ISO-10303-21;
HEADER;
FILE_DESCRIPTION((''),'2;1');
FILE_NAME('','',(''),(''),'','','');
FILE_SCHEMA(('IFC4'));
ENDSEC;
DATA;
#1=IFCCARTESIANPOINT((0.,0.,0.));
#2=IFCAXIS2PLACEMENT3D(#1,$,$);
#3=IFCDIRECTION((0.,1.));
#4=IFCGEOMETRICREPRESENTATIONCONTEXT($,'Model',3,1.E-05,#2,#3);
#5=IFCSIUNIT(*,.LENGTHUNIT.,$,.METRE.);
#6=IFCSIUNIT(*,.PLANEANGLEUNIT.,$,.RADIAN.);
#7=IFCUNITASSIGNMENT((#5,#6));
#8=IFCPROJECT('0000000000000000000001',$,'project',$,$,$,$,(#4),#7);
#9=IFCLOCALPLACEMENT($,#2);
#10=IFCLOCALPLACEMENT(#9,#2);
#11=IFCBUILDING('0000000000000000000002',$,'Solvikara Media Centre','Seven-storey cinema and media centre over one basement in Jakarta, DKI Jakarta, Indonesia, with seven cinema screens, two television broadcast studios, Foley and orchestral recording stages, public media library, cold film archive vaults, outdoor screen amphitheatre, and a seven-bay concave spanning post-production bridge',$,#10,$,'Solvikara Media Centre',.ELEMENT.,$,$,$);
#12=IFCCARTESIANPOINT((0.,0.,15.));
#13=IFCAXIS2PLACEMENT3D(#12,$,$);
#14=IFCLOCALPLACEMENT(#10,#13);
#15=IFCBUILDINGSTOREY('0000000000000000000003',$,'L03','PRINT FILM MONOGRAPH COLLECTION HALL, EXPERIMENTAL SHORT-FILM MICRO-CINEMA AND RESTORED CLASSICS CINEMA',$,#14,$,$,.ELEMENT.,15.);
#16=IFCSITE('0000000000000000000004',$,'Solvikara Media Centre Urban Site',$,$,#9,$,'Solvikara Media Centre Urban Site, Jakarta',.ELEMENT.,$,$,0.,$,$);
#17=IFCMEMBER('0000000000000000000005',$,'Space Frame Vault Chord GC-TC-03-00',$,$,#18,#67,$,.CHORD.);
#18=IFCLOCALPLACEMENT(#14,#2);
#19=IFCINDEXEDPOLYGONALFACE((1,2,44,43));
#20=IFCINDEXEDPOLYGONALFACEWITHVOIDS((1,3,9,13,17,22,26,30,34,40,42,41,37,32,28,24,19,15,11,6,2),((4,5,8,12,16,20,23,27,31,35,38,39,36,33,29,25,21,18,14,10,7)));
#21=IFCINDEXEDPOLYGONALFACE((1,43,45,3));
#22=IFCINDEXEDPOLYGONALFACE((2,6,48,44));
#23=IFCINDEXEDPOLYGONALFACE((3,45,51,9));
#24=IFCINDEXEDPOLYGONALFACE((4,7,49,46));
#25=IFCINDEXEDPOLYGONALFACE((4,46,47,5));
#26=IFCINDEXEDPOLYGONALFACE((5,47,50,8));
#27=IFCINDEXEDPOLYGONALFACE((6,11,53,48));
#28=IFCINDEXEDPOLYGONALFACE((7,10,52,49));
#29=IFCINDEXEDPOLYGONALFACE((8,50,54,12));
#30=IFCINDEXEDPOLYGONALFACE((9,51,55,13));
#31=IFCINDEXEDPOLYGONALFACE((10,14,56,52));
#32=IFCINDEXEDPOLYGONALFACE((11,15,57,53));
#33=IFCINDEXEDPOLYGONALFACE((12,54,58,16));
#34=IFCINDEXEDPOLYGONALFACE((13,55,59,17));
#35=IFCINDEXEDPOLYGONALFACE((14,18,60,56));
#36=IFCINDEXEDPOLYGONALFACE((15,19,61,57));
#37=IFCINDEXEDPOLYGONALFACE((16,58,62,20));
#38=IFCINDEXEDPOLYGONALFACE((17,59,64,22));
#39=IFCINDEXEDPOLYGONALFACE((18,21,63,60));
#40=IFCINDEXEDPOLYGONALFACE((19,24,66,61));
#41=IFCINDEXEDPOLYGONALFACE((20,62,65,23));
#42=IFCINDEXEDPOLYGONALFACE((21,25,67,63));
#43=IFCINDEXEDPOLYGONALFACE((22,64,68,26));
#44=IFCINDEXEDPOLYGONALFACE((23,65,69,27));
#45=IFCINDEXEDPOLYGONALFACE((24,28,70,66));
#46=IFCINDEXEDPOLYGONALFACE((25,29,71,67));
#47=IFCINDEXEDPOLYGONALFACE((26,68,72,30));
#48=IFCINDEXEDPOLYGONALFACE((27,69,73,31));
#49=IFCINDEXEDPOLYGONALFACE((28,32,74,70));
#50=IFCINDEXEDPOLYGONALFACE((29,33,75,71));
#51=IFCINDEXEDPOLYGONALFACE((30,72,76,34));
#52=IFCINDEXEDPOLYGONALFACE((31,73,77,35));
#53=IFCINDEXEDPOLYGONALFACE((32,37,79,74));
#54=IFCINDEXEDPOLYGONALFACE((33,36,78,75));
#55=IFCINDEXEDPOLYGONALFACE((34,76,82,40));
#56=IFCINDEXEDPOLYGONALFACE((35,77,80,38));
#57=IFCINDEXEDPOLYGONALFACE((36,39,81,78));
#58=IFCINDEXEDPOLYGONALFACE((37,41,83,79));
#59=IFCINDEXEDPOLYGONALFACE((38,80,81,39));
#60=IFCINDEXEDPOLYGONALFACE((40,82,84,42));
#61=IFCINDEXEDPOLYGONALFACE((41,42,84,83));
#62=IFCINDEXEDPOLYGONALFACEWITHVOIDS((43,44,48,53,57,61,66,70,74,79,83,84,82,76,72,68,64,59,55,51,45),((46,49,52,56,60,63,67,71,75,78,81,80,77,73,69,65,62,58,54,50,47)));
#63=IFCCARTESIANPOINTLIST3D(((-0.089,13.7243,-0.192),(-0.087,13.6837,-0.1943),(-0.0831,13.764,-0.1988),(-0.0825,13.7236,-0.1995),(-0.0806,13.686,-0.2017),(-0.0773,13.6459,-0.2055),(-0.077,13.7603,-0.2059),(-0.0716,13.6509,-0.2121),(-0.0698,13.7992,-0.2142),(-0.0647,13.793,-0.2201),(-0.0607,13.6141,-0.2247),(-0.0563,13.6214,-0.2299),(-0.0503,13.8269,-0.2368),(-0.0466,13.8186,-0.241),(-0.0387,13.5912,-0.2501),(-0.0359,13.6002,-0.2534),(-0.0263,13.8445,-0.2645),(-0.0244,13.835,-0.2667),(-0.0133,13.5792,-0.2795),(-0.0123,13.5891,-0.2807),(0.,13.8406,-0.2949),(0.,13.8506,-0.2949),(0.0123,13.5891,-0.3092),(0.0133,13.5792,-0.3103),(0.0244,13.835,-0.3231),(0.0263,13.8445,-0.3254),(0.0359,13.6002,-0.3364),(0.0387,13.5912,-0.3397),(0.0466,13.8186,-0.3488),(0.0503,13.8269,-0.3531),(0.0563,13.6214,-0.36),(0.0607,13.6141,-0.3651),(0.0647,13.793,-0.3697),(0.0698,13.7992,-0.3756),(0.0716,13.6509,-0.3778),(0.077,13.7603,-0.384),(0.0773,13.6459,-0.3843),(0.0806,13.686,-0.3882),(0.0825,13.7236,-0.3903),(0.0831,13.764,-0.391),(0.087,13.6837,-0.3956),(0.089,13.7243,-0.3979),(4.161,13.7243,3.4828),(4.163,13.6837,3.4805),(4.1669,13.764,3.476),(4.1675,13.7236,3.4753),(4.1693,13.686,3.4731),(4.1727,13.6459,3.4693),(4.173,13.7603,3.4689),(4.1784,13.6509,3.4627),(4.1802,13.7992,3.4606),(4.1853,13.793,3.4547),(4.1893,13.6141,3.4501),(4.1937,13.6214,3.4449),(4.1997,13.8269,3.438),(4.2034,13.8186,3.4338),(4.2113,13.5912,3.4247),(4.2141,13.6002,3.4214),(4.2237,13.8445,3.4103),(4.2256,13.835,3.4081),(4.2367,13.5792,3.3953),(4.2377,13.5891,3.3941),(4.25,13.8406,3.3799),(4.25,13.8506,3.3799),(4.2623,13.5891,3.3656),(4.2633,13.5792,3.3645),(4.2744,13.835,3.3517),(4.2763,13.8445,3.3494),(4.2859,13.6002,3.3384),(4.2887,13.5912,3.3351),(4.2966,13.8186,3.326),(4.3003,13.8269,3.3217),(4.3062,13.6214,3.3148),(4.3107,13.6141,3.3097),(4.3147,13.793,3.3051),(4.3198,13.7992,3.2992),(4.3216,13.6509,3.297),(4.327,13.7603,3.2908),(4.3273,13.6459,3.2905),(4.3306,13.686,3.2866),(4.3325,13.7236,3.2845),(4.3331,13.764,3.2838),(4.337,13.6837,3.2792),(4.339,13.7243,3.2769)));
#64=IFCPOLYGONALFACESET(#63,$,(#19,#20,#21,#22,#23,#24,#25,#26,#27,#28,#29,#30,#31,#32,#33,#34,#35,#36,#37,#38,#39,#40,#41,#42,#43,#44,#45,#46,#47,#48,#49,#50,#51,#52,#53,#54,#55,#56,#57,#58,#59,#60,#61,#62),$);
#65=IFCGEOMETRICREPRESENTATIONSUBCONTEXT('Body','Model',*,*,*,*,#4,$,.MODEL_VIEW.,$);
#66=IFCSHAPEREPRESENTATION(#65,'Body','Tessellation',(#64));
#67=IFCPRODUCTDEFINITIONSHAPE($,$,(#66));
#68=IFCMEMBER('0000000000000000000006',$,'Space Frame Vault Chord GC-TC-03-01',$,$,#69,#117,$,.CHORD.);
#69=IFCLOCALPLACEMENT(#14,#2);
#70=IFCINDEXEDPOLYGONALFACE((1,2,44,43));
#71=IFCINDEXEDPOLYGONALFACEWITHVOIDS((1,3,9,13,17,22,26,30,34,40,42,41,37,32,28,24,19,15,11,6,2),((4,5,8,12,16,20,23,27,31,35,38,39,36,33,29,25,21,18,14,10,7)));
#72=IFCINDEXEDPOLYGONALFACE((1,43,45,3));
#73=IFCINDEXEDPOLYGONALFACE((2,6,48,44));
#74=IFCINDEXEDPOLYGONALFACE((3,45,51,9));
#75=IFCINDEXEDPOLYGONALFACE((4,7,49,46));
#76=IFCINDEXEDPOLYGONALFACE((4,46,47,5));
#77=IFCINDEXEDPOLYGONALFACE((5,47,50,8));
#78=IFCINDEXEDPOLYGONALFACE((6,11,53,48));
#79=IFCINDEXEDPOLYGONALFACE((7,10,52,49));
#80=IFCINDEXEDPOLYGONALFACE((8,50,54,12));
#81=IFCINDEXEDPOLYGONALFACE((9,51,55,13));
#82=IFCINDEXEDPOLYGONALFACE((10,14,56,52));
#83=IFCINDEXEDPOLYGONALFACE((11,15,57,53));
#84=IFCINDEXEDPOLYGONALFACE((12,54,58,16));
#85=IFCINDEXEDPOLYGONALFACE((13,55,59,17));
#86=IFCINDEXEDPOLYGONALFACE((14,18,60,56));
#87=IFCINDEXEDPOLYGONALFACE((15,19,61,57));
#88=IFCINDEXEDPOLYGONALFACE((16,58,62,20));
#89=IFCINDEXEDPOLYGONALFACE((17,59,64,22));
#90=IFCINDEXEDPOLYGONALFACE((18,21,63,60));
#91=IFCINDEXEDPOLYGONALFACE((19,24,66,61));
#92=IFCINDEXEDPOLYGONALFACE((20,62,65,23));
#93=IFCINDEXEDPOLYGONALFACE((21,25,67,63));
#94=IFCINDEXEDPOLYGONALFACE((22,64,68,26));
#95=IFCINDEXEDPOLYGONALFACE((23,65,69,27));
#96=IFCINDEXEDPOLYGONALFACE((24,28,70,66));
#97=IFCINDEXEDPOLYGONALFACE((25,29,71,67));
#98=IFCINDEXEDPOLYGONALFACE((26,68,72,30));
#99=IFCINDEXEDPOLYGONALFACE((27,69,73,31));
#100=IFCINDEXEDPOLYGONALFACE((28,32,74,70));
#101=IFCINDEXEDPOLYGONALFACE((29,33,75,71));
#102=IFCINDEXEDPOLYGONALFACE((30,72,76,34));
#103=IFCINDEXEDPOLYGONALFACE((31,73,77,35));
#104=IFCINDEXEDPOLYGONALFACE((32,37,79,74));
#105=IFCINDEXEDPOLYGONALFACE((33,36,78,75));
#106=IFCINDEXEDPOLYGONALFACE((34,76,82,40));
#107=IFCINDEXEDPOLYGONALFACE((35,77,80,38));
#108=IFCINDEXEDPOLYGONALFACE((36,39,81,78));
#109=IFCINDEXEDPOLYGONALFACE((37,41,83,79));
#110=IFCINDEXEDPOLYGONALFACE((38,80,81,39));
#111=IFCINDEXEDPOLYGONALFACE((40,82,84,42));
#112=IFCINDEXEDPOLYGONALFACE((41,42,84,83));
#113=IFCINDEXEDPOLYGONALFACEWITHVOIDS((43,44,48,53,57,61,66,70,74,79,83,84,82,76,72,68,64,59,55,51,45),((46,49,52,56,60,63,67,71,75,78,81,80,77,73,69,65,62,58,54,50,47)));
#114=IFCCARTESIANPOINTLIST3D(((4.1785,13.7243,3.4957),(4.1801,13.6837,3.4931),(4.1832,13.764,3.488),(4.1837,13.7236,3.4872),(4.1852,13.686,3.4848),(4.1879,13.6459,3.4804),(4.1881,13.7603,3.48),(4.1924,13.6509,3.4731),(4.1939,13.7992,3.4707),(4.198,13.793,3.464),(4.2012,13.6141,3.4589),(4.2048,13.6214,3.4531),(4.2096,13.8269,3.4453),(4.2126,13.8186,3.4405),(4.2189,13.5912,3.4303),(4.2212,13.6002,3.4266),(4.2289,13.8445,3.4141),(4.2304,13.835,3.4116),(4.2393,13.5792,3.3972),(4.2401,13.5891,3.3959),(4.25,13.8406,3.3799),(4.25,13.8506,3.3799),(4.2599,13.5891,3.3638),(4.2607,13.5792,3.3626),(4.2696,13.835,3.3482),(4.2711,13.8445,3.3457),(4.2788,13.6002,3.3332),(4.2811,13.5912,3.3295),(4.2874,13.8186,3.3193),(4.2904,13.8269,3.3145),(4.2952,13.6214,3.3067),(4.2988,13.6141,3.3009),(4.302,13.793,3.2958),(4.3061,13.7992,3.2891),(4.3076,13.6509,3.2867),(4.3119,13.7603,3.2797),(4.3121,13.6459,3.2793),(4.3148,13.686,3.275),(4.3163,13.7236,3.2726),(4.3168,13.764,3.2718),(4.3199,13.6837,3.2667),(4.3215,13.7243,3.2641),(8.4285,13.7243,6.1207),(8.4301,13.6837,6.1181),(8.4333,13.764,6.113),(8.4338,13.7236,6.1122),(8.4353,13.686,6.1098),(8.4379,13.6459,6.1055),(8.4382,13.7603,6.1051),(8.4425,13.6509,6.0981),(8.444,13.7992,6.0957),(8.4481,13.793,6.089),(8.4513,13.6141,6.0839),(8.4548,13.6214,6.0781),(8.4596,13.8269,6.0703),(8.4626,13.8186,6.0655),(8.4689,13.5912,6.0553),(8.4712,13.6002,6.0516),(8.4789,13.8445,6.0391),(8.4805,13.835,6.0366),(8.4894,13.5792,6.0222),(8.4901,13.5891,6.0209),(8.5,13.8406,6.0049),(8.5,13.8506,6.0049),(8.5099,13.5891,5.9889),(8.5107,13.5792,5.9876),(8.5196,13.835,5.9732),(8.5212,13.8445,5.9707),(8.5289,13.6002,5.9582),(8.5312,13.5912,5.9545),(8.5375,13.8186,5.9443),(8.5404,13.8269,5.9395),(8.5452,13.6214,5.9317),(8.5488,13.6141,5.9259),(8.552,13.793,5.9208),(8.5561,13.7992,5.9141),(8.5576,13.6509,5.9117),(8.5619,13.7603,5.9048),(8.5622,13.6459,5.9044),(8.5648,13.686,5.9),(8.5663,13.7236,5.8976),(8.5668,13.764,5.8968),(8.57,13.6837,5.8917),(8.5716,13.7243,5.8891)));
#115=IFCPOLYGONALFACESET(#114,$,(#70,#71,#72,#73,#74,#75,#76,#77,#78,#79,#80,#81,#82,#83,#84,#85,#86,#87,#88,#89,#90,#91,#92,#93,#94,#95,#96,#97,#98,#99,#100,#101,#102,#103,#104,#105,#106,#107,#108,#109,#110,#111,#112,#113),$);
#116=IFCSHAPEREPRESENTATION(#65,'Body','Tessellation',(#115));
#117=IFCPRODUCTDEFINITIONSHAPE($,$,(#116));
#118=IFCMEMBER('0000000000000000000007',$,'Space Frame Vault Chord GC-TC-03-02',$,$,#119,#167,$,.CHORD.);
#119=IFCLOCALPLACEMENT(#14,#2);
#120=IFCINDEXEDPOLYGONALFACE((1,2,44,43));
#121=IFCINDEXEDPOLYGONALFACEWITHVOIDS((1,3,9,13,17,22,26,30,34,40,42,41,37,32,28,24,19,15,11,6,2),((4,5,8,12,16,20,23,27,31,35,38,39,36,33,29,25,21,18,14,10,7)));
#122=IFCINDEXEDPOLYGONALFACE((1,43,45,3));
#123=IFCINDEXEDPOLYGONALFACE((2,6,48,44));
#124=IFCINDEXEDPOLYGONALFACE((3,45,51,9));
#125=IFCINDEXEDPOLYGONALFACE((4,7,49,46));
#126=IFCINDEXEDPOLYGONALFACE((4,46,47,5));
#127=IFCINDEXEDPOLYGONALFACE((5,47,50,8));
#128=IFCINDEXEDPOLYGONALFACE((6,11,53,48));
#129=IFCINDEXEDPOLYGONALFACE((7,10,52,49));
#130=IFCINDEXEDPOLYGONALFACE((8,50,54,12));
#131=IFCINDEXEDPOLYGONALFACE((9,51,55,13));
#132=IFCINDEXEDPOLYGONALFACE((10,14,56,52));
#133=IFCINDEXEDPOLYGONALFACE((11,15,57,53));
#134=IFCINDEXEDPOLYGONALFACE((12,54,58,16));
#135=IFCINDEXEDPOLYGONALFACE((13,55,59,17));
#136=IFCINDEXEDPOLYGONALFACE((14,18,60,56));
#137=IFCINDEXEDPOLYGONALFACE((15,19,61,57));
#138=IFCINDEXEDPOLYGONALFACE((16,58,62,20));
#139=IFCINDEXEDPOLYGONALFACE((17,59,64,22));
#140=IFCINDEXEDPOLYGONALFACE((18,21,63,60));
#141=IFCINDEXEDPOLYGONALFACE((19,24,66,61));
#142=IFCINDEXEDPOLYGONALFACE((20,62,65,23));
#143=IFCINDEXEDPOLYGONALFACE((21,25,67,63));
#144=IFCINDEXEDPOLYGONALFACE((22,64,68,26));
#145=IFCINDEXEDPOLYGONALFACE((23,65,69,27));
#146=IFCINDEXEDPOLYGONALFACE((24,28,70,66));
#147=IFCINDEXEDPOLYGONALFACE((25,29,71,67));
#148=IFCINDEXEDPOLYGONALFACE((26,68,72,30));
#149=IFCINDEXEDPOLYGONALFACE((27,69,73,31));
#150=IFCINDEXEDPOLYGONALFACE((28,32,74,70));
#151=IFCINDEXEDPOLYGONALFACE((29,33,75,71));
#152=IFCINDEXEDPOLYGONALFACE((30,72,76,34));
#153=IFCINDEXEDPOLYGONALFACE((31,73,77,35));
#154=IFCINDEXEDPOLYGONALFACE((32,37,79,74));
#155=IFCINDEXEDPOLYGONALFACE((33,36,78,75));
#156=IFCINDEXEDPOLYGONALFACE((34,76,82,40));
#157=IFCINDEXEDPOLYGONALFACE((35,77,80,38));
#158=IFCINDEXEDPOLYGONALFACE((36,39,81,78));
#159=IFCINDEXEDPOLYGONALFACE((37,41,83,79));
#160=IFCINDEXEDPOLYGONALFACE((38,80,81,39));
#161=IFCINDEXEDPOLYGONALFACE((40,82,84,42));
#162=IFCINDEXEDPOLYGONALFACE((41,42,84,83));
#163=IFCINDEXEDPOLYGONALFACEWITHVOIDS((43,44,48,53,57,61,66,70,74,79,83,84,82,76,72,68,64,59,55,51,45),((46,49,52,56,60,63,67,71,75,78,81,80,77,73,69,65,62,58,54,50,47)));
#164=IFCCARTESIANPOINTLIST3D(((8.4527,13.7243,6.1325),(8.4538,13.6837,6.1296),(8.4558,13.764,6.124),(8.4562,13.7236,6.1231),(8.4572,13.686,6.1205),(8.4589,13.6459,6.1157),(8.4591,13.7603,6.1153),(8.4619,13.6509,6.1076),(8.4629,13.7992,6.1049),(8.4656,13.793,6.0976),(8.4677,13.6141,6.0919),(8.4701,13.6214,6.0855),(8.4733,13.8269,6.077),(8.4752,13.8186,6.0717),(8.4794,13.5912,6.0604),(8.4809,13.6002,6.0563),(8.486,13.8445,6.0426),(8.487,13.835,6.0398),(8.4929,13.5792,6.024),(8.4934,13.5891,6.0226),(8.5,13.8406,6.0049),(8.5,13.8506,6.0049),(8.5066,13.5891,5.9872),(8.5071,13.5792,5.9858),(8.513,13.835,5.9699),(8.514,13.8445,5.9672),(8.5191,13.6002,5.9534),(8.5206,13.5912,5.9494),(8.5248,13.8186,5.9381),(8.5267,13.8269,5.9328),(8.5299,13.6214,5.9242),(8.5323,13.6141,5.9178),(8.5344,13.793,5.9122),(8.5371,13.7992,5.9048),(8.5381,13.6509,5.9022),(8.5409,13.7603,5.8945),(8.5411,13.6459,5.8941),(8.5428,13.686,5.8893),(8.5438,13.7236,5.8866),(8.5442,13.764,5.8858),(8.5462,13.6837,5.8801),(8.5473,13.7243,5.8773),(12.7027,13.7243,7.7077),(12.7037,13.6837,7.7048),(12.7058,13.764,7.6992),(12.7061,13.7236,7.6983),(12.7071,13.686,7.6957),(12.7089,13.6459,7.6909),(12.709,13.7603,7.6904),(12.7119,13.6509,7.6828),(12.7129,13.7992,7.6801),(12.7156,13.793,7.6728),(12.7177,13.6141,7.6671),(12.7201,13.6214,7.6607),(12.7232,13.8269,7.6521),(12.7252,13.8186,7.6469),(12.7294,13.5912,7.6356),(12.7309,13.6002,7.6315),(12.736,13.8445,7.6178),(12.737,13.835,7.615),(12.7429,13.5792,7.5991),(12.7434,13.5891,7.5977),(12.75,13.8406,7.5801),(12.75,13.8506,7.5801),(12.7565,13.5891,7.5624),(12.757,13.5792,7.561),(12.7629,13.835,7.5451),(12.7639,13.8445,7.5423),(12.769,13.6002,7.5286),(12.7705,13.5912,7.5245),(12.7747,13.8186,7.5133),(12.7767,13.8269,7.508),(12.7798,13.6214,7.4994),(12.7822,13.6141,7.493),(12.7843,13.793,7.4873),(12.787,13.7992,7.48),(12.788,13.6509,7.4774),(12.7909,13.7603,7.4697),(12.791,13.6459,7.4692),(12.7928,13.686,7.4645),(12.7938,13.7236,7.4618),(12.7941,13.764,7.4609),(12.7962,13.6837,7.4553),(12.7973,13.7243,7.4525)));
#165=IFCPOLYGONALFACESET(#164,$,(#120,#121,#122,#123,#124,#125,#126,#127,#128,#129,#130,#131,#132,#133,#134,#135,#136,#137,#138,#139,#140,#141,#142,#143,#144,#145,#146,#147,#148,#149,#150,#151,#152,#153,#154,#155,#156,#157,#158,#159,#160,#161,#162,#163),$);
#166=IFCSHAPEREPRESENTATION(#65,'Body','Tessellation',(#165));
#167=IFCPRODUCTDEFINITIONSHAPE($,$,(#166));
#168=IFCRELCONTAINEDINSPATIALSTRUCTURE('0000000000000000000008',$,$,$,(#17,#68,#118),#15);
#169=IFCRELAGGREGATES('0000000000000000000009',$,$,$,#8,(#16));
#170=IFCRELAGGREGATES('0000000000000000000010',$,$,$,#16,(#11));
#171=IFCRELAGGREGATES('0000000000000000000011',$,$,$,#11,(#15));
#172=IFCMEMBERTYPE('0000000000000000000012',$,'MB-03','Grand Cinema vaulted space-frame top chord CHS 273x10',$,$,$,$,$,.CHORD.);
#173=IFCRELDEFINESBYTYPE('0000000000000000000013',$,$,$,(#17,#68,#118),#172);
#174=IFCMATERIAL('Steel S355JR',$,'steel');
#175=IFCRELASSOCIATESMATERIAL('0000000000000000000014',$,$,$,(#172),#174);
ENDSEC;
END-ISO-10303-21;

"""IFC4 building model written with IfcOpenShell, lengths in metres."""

from ifc_helpers import new_model, si_unit, direction, frame, origin, origin_2d, place, context, subcontext, project, spatial, hollow_circle, extrude, material, material_profile, profile_set, type_object, element, save


model = new_model("IFC4")

# Units and contexts
model_context = context("Model", 3, precision=1e-05, world=origin(), true_north=direction((0.0, 1.0)))
body_context = subcontext(model_context, "Body", "Model", "MODEL_VIEW")
ifc_project = project(units=[si_unit("LENGTHUNIT", "METRE"), si_unit("PLANEANGLEUNIT", "RADIAN")], contexts=[model_context])

# Site, building, storey
site_placement = place(None, origin())
site = spatial("IfcSite", under=ifc_project, at=site_placement, Name="Solvikara Media Centre Urban Site", LongName="Solvikara Media Centre Urban Site, Jakarta", CompositionType="ELEMENT", RefElevation=0.0)
building_placement = place(site_placement, origin())
building = spatial("IfcBuilding", under=site, at=building_placement, Name="Solvikara Media Centre", Description="Seven-storey cinema and media centre over one basement in Jakarta, DKI Jakarta, Indonesia, with seven cinema screens, two television broadcast studios, Foley and orchestral recording stages, public media library, cold film archive vaults, outdoor screen amphitheatre, and a seven-bay concave spanning post-production bridge", LongName="Solvikara Media Centre", CompositionType="ELEMENT")
storey_placement = place(building_placement, frame((0.0, 0.0, 15.0)))
storey = spatial("IfcBuildingStorey", under=building, at=storey_placement, Name="L03", Description="PRINT FILM MONOGRAPH COLLECTION HALL, EXPERIMENTAL SHORT-FILM MICRO-CINEMA AND RESTORED CLASSICS CINEMA", CompositionType="ELEMENT", Elevation=15.0)

# Shared definitions
ifc_material_1 = material(Name="Steel S355JR", Category="steel")

# Members
ifc_material_profile_1 = material_profile(ifc_material_1, hollow_circle(Radius=0.1365, WallThickness=0.01, at=origin_2d()), Name="CHS 273x10")
ifc_profile_set_1 = profile_set([ifc_material_profile_1], Name="Steel S355JR")
member_type_1 = type_object("IfcMemberType", Name="MB-03", Description="Grand Cinema vaulted space-frame top chord CHS 273x10", PredefinedType="CHORD", material=ifc_profile_set_1)
member_1_placement = place(storey_placement, frame((0.0, 13.7141, -0.2949), z_axis=(0.75644, 0.0, 0.654063), x_axis=(0.0, 1.0, 0.0)))
element("IfcMember", 1, at=member_1_placement, inside=storey, type_object=member_type_1, Name="Space Frame Vault Chord GC-TC-03-00", PredefinedType="CHORD", context=body_context, shape_type="SweptSolid", body=[
    extrude(hollow_circle(Radius=0.1365, WallThickness=0.01, at=origin_2d()), origin(), (0.0, 0.0, 1.0), 5.6184),
])
member_2_placement = place(storey_placement, frame((4.25, 13.7141, 3.3799), z_axis=(0.850798, 0.0, 0.525493), x_axis=(0.0, 1.0, 0.0)))
element("IfcMember", 2, at=member_2_placement, inside=storey, type_object=member_type_1, Name="Space Frame Vault Chord GC-TC-03-01", PredefinedType="CHORD", context=body_context, shape_type="SweptSolid", body=[
    extrude(hollow_circle(Radius=0.1365, WallThickness=0.01, at=origin_2d()), origin(), (0.0, 0.0, 1.0), 4.9954),
])
member_3_placement = place(storey_placement, frame((8.5, 13.7141, 6.0049), z_axis=(0.937668, 0.0, 0.347532), x_axis=(0.0, 1.0, 0.0)))
element("IfcMember", 3, at=member_3_placement, inside=storey, type_object=member_type_1, Name="Space Frame Vault Chord GC-TC-03-02", PredefinedType="CHORD", context=body_context, shape_type="SweptSolid", body=[
    extrude(hollow_circle(Radius=0.1365, WallThickness=0.01, at=origin_2d()), origin(), (0.0, 0.0, 1.0), 4.5325),
])

save(model, "model.ifc")
